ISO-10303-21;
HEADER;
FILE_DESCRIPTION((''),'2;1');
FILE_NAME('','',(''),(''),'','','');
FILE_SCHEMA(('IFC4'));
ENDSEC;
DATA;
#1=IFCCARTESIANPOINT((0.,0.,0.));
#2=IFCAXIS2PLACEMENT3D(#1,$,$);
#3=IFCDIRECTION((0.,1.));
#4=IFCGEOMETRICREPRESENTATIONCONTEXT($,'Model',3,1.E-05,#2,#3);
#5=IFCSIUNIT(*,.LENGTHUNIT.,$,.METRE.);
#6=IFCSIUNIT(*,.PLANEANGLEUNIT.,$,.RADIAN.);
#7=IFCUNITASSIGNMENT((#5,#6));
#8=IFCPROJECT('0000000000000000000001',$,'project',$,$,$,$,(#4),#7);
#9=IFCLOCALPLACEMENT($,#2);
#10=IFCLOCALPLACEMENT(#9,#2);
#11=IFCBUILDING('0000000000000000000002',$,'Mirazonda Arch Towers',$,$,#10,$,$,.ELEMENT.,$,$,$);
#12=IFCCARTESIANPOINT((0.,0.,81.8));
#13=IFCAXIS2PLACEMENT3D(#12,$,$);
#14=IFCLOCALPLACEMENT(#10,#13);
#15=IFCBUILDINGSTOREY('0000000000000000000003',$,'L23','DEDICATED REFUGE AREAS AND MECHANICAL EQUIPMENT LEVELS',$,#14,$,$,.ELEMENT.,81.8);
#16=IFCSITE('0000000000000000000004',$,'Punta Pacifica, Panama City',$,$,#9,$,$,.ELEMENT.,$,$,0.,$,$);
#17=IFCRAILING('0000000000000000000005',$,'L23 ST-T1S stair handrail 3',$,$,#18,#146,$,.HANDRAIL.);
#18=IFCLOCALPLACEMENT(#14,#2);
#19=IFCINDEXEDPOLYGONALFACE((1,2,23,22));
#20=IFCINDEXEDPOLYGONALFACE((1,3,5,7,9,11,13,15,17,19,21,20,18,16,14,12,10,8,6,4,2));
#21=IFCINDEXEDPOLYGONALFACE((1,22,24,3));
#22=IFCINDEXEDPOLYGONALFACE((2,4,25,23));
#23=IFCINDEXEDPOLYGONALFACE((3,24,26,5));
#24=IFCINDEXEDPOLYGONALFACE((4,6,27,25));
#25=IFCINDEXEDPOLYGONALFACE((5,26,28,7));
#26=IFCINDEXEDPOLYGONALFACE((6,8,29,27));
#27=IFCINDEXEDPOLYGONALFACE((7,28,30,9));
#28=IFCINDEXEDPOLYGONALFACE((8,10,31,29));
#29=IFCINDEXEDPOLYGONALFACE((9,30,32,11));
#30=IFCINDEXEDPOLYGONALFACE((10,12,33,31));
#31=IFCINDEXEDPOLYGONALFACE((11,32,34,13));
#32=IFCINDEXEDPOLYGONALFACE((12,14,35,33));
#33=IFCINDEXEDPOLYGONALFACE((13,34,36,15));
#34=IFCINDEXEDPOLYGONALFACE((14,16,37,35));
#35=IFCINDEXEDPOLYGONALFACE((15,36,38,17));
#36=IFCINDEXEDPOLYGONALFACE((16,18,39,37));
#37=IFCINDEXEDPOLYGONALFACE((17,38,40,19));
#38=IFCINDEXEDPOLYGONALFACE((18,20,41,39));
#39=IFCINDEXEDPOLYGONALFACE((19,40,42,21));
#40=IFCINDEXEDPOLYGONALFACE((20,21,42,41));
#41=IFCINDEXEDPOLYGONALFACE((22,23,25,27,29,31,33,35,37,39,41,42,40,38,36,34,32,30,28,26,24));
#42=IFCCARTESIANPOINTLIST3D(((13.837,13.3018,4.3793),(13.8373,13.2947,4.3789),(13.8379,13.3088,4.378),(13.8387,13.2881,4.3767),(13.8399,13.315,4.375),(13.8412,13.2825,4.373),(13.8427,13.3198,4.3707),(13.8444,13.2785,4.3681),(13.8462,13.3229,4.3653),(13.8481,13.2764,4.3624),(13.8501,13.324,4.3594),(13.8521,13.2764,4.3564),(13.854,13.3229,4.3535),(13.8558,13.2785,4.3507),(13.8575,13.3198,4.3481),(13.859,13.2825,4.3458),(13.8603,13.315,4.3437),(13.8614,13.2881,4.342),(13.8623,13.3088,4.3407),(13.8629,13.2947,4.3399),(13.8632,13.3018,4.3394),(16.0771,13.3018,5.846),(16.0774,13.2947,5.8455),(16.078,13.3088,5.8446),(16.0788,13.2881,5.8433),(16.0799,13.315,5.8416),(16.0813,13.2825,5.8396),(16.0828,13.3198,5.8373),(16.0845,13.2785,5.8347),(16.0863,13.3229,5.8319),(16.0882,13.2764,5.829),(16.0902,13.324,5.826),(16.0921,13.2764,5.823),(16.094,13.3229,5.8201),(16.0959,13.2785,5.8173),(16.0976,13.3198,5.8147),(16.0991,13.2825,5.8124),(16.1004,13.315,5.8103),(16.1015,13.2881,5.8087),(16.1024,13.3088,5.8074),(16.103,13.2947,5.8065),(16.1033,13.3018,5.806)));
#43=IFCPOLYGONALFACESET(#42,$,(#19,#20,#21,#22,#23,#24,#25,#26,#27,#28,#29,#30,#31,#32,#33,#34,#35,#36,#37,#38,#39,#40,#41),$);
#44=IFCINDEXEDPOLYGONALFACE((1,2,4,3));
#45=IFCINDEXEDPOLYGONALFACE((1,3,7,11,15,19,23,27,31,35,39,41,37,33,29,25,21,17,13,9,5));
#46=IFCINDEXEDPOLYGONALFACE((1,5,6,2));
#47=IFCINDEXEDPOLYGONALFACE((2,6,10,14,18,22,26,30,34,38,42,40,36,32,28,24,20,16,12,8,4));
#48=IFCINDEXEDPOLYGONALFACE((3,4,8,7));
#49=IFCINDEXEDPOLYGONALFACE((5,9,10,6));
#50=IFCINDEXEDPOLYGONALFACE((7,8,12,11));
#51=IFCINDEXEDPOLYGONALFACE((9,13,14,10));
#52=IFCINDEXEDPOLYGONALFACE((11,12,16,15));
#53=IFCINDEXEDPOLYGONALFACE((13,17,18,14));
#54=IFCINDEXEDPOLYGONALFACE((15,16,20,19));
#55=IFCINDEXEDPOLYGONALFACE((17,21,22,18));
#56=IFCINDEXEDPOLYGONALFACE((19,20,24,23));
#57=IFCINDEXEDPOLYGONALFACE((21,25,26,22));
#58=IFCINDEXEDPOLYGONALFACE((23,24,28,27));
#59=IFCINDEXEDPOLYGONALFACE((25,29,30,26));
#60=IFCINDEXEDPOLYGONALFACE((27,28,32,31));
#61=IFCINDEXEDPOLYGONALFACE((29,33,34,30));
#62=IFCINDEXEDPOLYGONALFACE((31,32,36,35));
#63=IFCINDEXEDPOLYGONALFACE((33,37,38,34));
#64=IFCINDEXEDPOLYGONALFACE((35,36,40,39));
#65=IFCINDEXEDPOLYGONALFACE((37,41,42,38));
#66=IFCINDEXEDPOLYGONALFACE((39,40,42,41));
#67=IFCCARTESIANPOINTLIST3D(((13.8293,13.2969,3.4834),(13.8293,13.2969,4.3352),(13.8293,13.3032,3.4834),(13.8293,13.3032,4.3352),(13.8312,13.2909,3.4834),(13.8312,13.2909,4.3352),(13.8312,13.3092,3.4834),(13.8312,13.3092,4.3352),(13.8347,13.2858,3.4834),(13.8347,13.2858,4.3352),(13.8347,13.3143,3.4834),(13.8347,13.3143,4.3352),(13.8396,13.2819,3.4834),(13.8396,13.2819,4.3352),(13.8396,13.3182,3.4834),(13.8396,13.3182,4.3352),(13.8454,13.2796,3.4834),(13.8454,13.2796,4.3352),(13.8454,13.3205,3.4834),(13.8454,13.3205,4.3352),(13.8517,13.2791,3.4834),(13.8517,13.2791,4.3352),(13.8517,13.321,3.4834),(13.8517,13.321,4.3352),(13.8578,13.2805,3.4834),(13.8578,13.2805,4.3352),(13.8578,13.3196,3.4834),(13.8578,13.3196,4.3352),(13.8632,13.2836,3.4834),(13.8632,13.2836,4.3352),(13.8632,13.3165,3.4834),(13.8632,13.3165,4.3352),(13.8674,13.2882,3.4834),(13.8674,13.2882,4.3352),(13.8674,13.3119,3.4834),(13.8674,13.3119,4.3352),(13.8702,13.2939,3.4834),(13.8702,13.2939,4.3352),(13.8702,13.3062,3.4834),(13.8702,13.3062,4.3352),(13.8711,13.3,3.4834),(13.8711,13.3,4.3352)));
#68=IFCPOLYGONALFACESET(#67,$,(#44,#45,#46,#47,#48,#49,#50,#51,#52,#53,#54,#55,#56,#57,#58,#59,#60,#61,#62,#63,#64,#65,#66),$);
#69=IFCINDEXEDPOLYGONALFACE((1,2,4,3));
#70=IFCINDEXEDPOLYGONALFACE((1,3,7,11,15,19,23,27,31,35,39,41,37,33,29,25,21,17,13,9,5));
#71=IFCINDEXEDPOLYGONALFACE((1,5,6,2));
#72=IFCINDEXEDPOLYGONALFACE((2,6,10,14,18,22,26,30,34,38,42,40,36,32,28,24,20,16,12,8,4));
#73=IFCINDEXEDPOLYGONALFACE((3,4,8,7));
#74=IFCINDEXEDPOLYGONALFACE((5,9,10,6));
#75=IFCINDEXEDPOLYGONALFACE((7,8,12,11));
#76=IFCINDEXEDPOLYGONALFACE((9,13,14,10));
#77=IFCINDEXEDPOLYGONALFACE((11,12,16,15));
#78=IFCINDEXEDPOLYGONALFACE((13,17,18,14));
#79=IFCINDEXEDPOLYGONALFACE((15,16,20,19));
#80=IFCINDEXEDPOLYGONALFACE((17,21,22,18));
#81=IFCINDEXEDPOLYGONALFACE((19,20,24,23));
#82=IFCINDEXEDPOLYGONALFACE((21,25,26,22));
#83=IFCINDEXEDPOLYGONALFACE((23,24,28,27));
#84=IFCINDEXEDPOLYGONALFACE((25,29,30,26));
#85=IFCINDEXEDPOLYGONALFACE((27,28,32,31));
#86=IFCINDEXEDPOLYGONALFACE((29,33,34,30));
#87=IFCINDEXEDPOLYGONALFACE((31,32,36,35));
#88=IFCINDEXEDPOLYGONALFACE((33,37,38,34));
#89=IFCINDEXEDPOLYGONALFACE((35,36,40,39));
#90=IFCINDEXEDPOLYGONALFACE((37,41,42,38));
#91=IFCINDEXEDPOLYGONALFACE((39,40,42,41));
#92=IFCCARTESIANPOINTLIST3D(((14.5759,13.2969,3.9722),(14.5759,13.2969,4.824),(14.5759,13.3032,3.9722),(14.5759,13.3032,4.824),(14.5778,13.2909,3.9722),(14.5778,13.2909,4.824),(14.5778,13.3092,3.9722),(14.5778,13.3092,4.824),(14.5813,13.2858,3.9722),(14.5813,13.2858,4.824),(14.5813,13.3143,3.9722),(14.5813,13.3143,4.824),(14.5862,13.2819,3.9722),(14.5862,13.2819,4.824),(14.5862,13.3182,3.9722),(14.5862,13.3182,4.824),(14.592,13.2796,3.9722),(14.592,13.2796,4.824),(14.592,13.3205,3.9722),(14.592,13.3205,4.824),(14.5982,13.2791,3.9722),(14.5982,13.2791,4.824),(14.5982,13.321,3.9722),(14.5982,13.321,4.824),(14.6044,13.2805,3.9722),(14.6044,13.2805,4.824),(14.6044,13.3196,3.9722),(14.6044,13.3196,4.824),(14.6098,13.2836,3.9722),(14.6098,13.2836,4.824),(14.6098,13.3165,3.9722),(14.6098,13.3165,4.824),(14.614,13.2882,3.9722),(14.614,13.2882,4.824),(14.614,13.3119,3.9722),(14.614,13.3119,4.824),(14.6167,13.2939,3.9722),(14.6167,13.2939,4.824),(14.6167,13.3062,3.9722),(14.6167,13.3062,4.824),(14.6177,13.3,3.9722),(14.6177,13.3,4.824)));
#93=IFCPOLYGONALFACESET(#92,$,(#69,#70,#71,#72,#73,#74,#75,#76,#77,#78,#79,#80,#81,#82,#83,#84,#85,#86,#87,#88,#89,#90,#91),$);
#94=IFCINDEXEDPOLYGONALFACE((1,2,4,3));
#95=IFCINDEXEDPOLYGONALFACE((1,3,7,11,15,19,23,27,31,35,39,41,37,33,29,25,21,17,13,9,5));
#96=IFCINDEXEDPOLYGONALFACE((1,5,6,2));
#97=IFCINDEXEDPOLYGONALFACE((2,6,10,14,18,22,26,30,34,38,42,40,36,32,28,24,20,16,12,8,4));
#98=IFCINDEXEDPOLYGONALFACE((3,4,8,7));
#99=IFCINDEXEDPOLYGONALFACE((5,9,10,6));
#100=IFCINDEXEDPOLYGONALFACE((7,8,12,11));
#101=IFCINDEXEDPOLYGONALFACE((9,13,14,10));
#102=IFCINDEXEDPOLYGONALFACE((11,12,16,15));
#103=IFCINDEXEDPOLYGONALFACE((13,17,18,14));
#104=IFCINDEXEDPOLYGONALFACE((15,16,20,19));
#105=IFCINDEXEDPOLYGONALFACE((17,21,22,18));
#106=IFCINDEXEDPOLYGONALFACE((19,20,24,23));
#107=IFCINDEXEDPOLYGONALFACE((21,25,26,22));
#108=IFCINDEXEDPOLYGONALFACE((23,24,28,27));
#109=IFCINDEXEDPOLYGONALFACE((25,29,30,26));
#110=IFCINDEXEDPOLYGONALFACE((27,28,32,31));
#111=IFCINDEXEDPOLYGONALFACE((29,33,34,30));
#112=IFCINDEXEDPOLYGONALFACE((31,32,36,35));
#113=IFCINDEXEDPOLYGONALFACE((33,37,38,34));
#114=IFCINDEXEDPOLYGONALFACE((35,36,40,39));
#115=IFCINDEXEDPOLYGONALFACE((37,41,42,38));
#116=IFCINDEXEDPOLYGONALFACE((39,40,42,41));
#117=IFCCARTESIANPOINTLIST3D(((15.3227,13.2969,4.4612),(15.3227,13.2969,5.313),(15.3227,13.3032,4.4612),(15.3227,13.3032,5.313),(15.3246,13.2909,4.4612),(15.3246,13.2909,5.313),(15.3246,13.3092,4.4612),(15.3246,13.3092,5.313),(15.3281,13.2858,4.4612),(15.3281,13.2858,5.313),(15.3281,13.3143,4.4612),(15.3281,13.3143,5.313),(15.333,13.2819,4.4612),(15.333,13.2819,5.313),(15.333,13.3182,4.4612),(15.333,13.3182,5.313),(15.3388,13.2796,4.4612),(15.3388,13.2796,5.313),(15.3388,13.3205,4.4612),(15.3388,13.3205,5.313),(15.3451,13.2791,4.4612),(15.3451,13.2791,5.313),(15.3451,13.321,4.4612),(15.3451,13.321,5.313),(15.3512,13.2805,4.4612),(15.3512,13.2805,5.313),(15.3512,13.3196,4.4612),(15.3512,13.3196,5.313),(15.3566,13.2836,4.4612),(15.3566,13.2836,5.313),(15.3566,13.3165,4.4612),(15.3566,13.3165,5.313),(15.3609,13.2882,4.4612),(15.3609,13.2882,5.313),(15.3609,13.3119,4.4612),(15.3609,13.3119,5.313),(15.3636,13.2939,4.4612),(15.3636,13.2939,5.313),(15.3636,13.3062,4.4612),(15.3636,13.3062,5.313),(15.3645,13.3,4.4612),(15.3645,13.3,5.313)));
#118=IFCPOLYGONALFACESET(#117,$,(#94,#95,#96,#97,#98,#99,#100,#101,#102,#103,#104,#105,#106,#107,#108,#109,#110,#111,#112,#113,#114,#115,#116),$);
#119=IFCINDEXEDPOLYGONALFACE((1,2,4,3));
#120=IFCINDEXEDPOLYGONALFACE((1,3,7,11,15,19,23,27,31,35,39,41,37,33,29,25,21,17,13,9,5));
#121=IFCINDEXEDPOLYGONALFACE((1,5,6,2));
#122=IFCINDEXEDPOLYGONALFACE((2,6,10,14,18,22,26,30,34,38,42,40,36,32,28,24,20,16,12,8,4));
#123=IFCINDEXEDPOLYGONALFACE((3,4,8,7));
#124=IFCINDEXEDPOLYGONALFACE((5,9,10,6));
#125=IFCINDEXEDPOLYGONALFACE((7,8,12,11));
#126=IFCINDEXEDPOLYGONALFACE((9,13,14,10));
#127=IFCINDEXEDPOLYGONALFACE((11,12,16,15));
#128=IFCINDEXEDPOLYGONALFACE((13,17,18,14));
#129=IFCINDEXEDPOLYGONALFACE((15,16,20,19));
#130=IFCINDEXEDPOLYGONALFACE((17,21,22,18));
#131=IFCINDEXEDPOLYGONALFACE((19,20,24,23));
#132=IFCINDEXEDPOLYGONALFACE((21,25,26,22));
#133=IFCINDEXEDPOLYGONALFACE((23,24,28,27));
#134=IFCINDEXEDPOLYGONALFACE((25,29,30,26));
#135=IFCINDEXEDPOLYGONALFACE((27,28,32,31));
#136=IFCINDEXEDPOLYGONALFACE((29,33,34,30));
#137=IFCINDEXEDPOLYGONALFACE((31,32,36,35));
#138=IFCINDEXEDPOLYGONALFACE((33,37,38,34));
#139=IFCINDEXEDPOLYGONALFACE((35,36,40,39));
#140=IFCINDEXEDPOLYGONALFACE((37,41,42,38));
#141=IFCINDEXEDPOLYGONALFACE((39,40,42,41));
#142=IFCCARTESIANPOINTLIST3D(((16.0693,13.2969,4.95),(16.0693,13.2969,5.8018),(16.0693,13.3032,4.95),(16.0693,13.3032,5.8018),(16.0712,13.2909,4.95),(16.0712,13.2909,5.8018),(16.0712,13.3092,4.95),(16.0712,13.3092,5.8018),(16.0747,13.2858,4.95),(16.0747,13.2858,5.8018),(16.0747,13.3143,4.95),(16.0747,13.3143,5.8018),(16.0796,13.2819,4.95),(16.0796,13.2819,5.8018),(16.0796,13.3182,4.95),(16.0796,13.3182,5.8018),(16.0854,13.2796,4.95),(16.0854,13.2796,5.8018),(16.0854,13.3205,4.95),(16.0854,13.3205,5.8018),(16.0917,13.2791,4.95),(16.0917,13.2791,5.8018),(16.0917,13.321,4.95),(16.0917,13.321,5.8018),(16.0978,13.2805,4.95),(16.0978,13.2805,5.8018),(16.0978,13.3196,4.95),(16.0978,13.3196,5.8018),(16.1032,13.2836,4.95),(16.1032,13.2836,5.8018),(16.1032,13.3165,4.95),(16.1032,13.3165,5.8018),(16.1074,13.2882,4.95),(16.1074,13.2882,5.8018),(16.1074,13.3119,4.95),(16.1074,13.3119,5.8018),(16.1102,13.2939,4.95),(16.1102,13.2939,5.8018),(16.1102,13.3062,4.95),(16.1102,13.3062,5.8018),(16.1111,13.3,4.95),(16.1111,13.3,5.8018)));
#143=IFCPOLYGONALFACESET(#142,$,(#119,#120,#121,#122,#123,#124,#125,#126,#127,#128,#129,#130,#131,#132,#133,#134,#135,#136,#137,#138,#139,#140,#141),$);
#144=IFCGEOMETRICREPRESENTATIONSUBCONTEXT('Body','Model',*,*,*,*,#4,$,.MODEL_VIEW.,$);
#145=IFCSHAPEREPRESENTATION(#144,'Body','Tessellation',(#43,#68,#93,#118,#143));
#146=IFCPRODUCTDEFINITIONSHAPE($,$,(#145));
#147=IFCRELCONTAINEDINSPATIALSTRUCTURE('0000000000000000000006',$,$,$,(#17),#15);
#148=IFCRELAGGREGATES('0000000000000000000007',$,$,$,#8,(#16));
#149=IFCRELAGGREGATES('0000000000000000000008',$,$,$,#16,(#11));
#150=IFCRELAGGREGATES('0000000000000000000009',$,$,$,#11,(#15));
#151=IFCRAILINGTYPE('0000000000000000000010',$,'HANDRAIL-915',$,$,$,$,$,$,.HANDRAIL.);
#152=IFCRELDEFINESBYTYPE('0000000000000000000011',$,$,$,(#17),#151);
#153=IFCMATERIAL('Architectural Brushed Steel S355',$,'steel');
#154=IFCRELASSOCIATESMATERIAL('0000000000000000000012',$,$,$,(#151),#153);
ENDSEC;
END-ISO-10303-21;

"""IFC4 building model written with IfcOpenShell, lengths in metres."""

from ifc_helpers import new_model, si_unit, direction, frame, origin, origin_2d, place, context, subcontext, project, spatial, circle, extrude, material, type_object, element, save


model = new_model("IFC4")

# Units and contexts
model_context = context("Model", 3, precision=1e-05, world=origin(), true_north=direction((0.0, 1.0)))
body_context = subcontext(model_context, "Body", "Model", "MODEL_VIEW")
ifc_project = project(units=[si_unit("LENGTHUNIT", "METRE"), si_unit("PLANEANGLEUNIT", "RADIAN")], contexts=[model_context])

# Site, building, storey
site_placement = place(None, origin())
site = spatial("IfcSite", under=ifc_project, at=site_placement, Name="Punta Pacifica, Panama City", CompositionType="ELEMENT", RefElevation=0.0)
building_placement = place(site_placement, origin())
building = spatial("IfcBuilding", under=site, at=building_placement, Name="Mirazonda Arch Towers", CompositionType="ELEMENT")
storey_placement = place(building_placement, frame((0.0, 0.0, 81.8)))
storey = spatial("IfcBuildingStorey", under=building, at=storey_placement, Name="L23", Description="DEDICATED REFUGE AREAS AND MECHANICAL EQUIPMENT LEVELS", CompositionType="ELEMENT", Elevation=81.8)

# Shared definitions
ifc_material_1 = material(Name="Architectural Brushed Steel S355", Category="steel")

# Railing
railing_type_1 = type_object("IfcRailingType", Name="HANDRAIL-915", PredefinedType="HANDRAIL", material=ifc_material_1)
railing_1_placement = place(storey_placement, frame((13.8501, 13.3, 3.4834)))
element("IfcRailing", 1, at=railing_1_placement, inside=storey, type_object=railing_type_1, Name="L23 ST-T1S stair handrail 3", PredefinedType="HANDRAIL", context=body_context, shape_type="SweptSolid", body=[
    extrude(circle(Radius=0.0239, at=origin_2d()), frame((0.0, 0.0, 0.876), z_axis=(0.836637, 0.0, 0.547758), x_axis=(0.0, 1.0, 0.0)), (0.0, 0.0, 1.0), 2.6775),
    extrude(circle(Radius=0.021, at=origin_2d()), origin(), (0.0, 0.0, 1.0), 0.8518),
    extrude(circle(Radius=0.021, at=origin_2d()), frame((0.7466, 0.0, 0.4888)), (0.0, 0.0, 1.0), 0.8518),
    extrude(circle(Radius=0.021, at=origin_2d()), frame((1.4934, 0.0, 0.9778)), (0.0, 0.0, 1.0), 0.8518),
    extrude(circle(Radius=0.021, at=origin_2d()), frame((2.24, 0.0, 1.4666)), (0.0, 0.0, 1.0), 0.8518),
])

save(model, "model.ifc")
